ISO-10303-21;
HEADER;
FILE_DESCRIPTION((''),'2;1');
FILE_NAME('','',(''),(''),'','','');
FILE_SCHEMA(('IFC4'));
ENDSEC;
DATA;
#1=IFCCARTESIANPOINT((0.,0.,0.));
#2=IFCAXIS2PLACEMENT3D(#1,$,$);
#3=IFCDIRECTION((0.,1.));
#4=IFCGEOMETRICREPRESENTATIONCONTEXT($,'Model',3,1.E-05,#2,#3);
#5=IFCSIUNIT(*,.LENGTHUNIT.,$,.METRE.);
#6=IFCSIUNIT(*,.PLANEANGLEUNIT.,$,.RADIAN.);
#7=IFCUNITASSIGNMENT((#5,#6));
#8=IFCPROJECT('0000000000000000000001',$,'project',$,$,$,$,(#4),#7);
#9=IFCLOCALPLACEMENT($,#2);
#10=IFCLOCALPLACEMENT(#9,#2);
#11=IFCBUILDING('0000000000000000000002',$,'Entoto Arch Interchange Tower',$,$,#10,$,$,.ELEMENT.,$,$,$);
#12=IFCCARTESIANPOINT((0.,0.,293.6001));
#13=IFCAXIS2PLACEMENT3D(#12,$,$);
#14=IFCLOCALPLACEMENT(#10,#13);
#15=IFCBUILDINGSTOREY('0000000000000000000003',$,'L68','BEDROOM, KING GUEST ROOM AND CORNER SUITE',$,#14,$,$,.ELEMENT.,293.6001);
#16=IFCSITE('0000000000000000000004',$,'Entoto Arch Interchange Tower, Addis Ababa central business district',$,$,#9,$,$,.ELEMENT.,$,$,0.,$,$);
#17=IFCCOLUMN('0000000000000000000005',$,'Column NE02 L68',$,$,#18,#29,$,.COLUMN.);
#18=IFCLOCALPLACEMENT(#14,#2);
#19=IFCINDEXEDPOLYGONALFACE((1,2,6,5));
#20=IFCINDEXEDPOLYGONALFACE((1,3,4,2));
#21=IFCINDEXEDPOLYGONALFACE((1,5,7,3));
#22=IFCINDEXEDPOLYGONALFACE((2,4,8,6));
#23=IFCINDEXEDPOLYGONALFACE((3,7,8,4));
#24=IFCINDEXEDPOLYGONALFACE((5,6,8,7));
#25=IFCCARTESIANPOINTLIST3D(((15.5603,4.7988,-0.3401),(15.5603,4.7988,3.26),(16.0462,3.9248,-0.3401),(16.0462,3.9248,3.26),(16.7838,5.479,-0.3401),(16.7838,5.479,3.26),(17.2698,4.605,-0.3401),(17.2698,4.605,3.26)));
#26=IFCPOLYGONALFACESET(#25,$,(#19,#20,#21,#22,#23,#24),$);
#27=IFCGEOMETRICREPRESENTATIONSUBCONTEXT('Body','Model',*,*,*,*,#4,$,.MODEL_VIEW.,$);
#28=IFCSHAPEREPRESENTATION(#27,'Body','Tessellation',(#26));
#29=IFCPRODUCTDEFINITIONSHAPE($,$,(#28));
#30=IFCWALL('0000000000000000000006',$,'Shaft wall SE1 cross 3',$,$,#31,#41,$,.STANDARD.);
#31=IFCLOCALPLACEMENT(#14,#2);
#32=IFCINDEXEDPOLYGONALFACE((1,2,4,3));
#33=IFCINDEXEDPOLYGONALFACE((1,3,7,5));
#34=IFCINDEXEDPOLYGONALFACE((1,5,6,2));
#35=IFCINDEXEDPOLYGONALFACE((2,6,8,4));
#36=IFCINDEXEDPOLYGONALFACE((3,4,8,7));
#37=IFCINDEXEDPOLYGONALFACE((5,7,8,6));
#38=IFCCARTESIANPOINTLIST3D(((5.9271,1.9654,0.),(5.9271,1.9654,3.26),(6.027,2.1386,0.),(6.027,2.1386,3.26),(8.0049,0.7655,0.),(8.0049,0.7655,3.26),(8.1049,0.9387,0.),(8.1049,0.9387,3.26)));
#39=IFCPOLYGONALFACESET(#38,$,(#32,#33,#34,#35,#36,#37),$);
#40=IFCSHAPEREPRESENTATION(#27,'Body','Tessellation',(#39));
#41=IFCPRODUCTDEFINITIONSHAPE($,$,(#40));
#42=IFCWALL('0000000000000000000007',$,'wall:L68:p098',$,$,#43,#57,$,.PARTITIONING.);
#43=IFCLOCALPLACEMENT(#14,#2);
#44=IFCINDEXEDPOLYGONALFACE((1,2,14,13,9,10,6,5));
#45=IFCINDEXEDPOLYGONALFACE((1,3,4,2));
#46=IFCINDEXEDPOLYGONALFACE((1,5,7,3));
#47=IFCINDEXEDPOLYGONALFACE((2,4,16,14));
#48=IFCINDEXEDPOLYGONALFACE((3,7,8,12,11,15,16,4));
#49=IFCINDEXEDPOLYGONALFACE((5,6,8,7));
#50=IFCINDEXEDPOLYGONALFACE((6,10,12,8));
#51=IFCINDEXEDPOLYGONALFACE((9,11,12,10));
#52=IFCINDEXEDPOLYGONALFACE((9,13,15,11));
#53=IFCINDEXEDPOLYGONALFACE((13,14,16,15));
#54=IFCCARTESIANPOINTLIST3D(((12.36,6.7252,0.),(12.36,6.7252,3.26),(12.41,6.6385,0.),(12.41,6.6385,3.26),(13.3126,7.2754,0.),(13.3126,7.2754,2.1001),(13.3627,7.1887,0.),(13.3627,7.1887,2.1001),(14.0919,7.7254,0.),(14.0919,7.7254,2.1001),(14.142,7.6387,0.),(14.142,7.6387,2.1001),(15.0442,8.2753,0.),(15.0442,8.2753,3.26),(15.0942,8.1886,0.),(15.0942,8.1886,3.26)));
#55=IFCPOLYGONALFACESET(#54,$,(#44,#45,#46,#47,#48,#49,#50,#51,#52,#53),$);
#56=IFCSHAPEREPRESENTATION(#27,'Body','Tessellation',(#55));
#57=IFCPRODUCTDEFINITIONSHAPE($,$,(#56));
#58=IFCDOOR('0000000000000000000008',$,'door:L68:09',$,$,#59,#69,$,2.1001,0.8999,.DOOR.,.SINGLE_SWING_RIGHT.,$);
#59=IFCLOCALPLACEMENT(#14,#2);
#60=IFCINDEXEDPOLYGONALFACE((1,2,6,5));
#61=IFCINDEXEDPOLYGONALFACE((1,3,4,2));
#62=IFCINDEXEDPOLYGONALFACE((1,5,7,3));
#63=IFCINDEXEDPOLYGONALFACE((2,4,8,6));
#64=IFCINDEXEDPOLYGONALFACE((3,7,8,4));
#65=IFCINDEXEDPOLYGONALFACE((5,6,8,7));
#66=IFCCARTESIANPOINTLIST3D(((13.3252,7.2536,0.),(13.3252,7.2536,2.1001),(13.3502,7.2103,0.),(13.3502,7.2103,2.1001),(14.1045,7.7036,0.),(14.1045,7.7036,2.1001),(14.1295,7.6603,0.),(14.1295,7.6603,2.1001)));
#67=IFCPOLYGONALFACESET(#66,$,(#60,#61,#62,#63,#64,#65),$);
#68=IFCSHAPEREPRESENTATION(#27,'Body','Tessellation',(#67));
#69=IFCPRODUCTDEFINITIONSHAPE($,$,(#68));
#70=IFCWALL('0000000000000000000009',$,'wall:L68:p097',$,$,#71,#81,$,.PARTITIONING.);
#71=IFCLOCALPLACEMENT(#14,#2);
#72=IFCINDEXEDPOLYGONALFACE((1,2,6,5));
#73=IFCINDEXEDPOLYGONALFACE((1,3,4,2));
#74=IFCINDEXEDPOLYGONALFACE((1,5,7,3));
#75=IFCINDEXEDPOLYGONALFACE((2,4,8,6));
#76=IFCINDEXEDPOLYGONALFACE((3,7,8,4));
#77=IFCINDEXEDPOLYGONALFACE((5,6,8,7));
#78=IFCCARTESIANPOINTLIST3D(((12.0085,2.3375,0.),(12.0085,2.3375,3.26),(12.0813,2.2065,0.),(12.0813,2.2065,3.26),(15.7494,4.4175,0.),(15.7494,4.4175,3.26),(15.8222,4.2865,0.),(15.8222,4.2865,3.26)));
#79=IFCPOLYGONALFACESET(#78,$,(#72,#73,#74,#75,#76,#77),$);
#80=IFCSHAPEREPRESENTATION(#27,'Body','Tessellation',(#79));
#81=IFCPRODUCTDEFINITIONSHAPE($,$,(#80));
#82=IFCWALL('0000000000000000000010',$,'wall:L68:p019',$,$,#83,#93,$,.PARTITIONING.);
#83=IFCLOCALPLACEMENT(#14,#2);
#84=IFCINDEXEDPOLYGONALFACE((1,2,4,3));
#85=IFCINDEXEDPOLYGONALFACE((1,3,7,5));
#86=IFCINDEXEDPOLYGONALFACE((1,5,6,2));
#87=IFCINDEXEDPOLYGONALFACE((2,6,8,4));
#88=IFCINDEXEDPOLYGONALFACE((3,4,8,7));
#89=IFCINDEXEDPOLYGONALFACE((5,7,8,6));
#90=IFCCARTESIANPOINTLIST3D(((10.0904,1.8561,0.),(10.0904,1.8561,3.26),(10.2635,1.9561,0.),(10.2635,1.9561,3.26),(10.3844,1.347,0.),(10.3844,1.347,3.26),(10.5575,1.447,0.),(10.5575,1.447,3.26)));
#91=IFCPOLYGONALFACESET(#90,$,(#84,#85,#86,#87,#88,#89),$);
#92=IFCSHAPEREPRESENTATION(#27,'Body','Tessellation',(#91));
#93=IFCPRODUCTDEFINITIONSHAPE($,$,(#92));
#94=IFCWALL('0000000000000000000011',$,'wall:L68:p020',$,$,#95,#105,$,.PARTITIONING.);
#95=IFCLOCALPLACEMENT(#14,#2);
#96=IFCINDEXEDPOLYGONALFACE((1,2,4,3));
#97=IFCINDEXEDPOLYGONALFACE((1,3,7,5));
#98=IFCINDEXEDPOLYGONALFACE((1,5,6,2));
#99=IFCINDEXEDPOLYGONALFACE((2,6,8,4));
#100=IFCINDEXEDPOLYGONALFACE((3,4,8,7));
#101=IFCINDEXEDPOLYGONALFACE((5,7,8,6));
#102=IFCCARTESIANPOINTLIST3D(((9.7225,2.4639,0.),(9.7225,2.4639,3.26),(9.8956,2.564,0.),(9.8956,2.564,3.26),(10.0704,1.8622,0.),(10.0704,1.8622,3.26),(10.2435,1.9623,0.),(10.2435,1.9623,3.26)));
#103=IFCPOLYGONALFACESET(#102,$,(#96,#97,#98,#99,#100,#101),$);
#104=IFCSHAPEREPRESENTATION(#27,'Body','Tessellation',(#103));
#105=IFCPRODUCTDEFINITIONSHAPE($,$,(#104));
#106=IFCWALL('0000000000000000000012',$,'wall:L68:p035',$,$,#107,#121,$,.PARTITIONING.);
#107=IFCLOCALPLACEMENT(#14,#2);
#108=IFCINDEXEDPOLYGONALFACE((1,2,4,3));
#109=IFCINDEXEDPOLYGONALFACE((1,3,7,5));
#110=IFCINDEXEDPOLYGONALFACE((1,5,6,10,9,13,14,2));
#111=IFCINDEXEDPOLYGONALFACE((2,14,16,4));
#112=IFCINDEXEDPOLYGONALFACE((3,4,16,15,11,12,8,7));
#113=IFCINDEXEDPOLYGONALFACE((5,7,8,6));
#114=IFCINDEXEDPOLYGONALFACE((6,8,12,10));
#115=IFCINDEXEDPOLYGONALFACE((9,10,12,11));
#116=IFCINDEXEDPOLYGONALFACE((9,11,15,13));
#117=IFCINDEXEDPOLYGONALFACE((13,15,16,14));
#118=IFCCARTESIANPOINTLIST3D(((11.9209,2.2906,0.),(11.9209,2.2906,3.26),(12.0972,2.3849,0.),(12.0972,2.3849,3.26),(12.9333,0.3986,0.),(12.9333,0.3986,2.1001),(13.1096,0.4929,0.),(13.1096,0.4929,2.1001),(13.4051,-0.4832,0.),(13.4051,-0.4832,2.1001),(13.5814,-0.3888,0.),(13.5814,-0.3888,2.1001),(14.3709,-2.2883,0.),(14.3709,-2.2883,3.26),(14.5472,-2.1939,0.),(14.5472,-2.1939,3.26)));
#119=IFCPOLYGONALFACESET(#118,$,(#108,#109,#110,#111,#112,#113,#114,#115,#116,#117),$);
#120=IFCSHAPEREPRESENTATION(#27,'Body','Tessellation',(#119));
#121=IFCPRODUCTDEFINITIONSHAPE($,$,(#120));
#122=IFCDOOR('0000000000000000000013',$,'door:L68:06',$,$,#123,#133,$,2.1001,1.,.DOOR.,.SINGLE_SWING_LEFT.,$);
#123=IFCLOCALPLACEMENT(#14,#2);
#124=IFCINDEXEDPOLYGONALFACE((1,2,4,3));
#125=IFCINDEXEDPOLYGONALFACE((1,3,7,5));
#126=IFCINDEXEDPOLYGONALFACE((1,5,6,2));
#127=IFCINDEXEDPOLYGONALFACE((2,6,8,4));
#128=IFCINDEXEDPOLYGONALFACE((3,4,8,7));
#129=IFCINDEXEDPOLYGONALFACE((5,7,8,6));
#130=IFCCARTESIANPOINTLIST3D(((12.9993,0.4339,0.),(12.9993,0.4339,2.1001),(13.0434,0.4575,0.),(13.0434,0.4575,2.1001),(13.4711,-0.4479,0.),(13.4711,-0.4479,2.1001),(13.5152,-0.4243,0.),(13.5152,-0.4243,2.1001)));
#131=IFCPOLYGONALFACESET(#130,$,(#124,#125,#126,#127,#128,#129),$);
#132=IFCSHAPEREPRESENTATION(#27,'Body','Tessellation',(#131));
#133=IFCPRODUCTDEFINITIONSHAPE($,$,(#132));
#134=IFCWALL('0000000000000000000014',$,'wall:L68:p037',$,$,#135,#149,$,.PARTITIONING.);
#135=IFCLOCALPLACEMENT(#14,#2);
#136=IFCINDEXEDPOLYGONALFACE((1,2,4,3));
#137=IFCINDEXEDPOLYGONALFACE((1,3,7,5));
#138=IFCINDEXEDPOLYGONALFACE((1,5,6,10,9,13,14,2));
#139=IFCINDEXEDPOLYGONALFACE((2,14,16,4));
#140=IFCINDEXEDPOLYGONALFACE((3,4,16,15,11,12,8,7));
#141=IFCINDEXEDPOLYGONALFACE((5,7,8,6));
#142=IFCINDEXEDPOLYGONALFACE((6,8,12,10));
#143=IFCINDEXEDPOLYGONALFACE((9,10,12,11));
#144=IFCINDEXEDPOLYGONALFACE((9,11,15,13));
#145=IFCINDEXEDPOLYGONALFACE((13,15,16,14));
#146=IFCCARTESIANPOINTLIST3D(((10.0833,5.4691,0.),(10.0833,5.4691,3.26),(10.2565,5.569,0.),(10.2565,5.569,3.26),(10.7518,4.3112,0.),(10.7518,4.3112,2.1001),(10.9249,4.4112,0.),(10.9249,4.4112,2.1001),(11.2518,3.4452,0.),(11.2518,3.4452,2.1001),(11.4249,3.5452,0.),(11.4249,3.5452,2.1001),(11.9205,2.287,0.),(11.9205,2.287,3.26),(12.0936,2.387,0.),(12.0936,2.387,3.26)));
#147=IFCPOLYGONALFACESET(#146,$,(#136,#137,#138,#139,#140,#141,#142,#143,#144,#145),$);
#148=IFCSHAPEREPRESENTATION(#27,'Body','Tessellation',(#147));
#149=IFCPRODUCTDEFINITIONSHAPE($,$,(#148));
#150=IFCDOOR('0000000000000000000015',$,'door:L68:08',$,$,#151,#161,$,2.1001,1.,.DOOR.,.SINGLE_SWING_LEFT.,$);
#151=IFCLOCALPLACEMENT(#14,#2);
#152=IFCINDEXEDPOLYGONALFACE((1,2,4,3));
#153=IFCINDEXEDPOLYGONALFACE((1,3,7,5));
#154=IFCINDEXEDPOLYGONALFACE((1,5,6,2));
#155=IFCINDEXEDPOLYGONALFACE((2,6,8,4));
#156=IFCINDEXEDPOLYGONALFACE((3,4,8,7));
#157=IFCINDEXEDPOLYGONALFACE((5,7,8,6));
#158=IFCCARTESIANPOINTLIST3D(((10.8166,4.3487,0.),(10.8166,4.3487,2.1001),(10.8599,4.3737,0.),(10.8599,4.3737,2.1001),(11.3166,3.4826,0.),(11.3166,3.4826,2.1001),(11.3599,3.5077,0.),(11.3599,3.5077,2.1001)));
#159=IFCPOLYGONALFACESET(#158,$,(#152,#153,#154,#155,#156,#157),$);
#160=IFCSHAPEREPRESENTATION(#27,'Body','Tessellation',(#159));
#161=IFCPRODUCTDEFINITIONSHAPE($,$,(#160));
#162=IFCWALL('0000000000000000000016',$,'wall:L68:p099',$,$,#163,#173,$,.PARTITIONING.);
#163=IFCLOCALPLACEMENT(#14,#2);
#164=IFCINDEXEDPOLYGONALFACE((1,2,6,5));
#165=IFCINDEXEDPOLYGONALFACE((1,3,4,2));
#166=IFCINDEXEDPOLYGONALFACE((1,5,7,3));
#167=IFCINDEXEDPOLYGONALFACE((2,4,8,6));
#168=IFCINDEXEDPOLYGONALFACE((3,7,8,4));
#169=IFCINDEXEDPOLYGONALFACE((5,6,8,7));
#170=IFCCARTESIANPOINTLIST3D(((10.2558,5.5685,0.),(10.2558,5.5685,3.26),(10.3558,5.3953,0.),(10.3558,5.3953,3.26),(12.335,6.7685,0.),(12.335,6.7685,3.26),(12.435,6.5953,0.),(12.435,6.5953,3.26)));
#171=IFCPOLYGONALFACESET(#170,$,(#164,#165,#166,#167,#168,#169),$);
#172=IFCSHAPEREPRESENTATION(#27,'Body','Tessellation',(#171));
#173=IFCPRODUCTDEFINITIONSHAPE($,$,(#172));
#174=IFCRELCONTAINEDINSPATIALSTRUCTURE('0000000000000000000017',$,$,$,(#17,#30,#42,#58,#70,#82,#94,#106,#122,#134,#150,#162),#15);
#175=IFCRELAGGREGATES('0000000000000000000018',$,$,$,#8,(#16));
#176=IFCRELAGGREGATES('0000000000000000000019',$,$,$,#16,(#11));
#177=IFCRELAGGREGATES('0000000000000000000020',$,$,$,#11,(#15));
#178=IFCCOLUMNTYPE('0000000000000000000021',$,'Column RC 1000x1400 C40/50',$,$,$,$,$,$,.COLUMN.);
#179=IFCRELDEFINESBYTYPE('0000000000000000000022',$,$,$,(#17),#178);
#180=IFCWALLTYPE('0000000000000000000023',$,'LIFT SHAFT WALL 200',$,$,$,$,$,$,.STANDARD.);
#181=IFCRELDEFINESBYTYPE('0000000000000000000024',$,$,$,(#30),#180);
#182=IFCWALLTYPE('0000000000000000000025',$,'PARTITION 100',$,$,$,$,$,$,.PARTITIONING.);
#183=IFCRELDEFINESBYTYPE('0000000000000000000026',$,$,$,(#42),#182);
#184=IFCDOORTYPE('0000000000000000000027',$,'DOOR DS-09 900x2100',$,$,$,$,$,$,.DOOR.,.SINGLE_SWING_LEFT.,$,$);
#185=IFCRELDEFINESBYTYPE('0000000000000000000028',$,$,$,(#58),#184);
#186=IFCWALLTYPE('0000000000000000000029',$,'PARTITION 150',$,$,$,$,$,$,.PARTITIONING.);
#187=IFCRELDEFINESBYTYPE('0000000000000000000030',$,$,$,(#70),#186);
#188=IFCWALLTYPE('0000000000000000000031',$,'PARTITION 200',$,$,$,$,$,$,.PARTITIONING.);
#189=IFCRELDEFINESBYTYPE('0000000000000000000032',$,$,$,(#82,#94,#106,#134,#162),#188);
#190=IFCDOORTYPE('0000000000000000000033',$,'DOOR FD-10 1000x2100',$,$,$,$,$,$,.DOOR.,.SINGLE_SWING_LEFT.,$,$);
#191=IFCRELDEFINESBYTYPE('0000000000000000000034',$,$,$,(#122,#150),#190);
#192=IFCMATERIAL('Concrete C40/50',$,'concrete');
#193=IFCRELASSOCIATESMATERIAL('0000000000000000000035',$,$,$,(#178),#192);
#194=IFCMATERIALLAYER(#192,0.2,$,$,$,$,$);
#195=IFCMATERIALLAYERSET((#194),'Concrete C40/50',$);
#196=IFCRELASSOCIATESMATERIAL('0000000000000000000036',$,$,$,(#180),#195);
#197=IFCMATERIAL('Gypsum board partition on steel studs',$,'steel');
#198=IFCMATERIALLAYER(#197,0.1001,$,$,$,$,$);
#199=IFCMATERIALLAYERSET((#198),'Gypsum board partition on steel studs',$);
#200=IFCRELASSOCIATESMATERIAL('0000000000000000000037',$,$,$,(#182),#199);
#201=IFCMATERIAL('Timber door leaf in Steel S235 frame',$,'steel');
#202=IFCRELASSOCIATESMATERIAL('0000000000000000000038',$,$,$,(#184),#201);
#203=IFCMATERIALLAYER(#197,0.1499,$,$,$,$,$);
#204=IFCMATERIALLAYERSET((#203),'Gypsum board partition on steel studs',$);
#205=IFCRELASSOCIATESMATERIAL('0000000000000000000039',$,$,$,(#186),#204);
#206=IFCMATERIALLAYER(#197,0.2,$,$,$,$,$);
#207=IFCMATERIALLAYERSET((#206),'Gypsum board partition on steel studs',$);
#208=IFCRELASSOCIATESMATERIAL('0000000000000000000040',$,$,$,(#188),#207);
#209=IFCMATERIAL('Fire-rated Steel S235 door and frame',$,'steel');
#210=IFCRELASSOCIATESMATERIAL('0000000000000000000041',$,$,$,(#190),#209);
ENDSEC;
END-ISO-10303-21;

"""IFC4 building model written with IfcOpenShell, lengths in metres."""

from ifc_helpers import new_model, si_unit, direction, frame, frame_2d, origin, origin_2d, place, context, subcontext, project, spatial, rectangle, extrude, material, layer, layer_set, material_profile, profile_set, type_object, element, fill, save


model = new_model("IFC4")

# Units and contexts
model_context = context("Model", 3, precision=1e-05, world=origin(), true_north=direction((0.0, 1.0)))
body_context = subcontext(model_context, "Body", "Model", "MODEL_VIEW")
ifc_project = project(units=[si_unit("LENGTHUNIT", "METRE"), si_unit("PLANEANGLEUNIT", "RADIAN")], contexts=[model_context])

# Site, building, storey
site_placement = place(None, origin())
site = spatial("IfcSite", under=ifc_project, at=site_placement, Name="Entoto Arch Interchange Tower, Addis Ababa central business district", CompositionType="ELEMENT", RefElevation=0.0)
building_placement = place(site_placement, origin())
building = spatial("IfcBuilding", under=site, at=building_placement, Name="Entoto Arch Interchange Tower", CompositionType="ELEMENT")
storey_placement = place(building_placement, frame((0.0, 0.0, 293.6001)))
storey = spatial("IfcBuildingStorey", under=building, at=storey_placement, Name="L68", Description="BEDROOM, KING GUEST ROOM AND CORNER SUITE", CompositionType="ELEMENT", Elevation=293.6001)

# Column
ifc_material_1 = material(Name="Concrete C40/50", Category="concrete")
ifc_material_profile = material_profile(ifc_material_1, rectangle(XDim=1.0, YDim=1.3999, at=origin_2d()))
ifc_profile_set = profile_set([ifc_material_profile], Name="Concrete C40/50")
column_type = type_object("IfcColumnType", Name="Column RC 1000x1400 C40/50", PredefinedType="COLUMN", material=ifc_profile_set)
column_placement = place(storey_placement, frame((16.415, 4.7019, -0.3401), z_axis=(0.0, 0.0, 1.0), x_axis=(-0.485924, 0.874001, 0.0)))
element("IfcColumn", 1, at=column_placement, inside=storey, type_object=column_type, Name="Column NE02 L68", PredefinedType="COLUMN", context=body_context, shape_type="SweptSolid", body=[
    extrude(rectangle(XDim=1.0, YDim=1.3999, at=origin_2d()), origin(), (0.0, 0.0, 1.0), 3.6001),
])

# Wall
ifc_layer_1 = layer(ifc_material_1, 0.2)
ifc_layer_set_1 = layer_set([ifc_layer_1], Name="Concrete C40/50")
wall_type_1 = type_object("IfcWallType", Name="LIFT SHAFT WALL 200", PredefinedType="STANDARD", material=ifc_layer_set_1)
wall_1_placement = place(storey_placement, frame((5.9771, 2.052, 0.0), z_axis=(0.0, 0.0, 1.0), x_axis=(0.865974, -0.500089, 0.0)))
element("IfcWall", 2, at=wall_1_placement, inside=storey, type_object=wall_type_1, Name="Shaft wall SE1 cross 3", PredefinedType="STANDARD", context=body_context, shape_type="SweptSolid", body=[
    extrude(rectangle(XDim=2.3994, YDim=0.2, at=frame_2d((1.1997, 0.0))), origin(), (0.0, 0.0, 1.0), 3.26),
])

# Wall, opening, door
ifc_material_2 = material(Name="Gypsum board partition on steel studs", Category="steel")
ifc_layer_2 = layer(ifc_material_2, 0.1001)
ifc_layer_set_2 = layer_set([ifc_layer_2], Name="Gypsum board partition on steel studs")
wall_type_2 = type_object("IfcWallType", Name="PARTITION 100", PredefinedType="PARTITIONING", material=ifc_layer_set_2)
wall_2_placement = place(storey_placement, frame((12.385, 6.6819, 0.0), z_axis=(0.0, 0.0, 1.0), x_axis=(0.86597, 0.500095, 0.0)))
wall_2 = element("IfcWall", 3, at=wall_2_placement, inside=storey, type_object=wall_type_2, Name="wall:L68:p098", PredefinedType="PARTITIONING", context=body_context, shape_type="SweptSolid", body=[
    extrude(rectangle(XDim=3.0996, YDim=0.1001, at=frame_2d((1.5498, 0.0))), origin(), (0.0, 0.0, 1.0), 3.26),
])
opening_1_placement = place(wall_2_placement, frame((1.1001, 0.0, 0.0)))
opening_1 = element("IfcOpeningElement", 4, at=opening_1_placement, cuts=wall_2, PredefinedType="OPENING", context=body_context, shape_type="SweptSolid", body=[
    extrude(rectangle(XDim=0.8999, YDim=2.1001, at=frame_2d((0.45, 1.05))), frame((0.0, 0.0601, 0.0), z_axis=(0.0, -1.0, 0.0), x_axis=(1.0, 0.0, 0.0)), (0.0, 0.0, 1.0), 0.1201),
])
ifc_material_3 = material(Name="Timber door leaf in Steel S235 frame", Category="steel")
door_type_1 = type_object("IfcDoorType", Name="DOOR DS-09 900x2100", OperationType="SINGLE_SWING_LEFT", PredefinedType="DOOR", material=ifc_material_3)
door_1_placement = place(opening_1_placement, origin())
door_1 = element("IfcDoor", 5, at=door_1_placement, inside=storey, type_object=door_type_1, Name="door:L68:09", OperationType="SINGLE_SWING_RIGHT", OverallHeight=2.1001, OverallWidth=0.8999, PredefinedType="DOOR", context=body_context, shape_type="SweptSolid", body=[
    extrude(rectangle(XDim=0.8999, YDim=2.1001, at=frame_2d((0.45, 1.05))), frame((0.0, 0.0249, 0.0), z_axis=(0.0, -1.0, 0.0), x_axis=(1.0, 0.0, 0.0)), (0.0, 0.0, 1.0), 0.05),
])
fill(opening_1, door_1)

# Walls
ifc_layer_3 = layer(ifc_material_2, 0.1499)
ifc_layer_set_3 = layer_set([ifc_layer_3], Name="Gypsum board partition on steel studs")
wall_type_3 = type_object("IfcWallType", Name="PARTITION 150", PredefinedType="PARTITIONING", material=ifc_layer_set_3)
wall_3_placement = place(storey_placement, frame((12.0449, 2.272, 0.0), z_axis=(0.0, 0.0, 1.0), x_axis=(0.873982, 0.485958, 0.0)))
element("IfcWall", 6, at=wall_3_placement, inside=storey, type_object=wall_type_3, Name="wall:L68:p097", PredefinedType="PARTITIONING", context=body_context, shape_type="SweptSolid", body=[
    extrude(rectangle(XDim=4.2803, YDim=0.1499, at=frame_2d((2.1401, 0.0))), origin(), (0.0, 0.0, 1.0), 3.26),
])
ifc_layer_4 = layer(ifc_material_2, 0.2)
ifc_layer_set_4 = layer_set([ifc_layer_4], Name="Gypsum board partition on steel studs")
wall_type_4 = type_object("IfcWallType", Name="PARTITION 200", PredefinedType="PARTITIONING", material=ifc_layer_set_4)
wall_4_placement = place(storey_placement, frame((10.4709, 1.397, 0.0), z_axis=(0.0, 0.0, 1.0), x_axis=(-0.50007, 0.865985, 0.0)))
element("IfcWall", 7, at=wall_4_placement, inside=storey, type_object=wall_type_4, Name="wall:L68:p019", PredefinedType="PARTITIONING", context=body_context, shape_type="SweptSolid", body=[
    extrude(rectangle(XDim=0.5879, YDim=0.2, at=frame_2d((0.2939, 0.0))), origin(), (0.0, 0.0, 1.0), 3.26),
])
wall_5_placement = place(storey_placement, frame((10.157, 1.9121, 0.0), z_axis=(0.0, 0.0, 1.0), x_axis=(-0.500482, 0.865747, 0.0)))
element("IfcWall", 8, at=wall_5_placement, inside=storey, type_object=wall_type_4, Name="wall:L68:p020", PredefinedType="PARTITIONING", context=body_context, shape_type="SweptSolid", body=[
    extrude(rectangle(XDim=0.6951, YDim=0.2, at=frame_2d((0.3477, 0.0))), origin(), (0.0, 0.0, 1.0), 3.26),
])

# Walls, openings, doors
wall_6_placement = place(storey_placement, frame((12.009, 2.3379, 0.0), z_axis=(0.0, 0.0, 1.0), x_axis=(0.471771, -0.881721, 0.0)))
wall_6 = element("IfcWall", 9, at=wall_6_placement, inside=storey, type_object=wall_type_4, Name="wall:L68:p035", PredefinedType="PARTITIONING", context=body_context, shape_type="SweptSolid", body=[
    extrude(rectangle(XDim=5.1931, YDim=0.2, at=frame_2d((2.5967, 0.0))), origin(), (0.0, 0.0, 1.0), 3.26),
])
opening_2_placement = place(wall_6_placement, frame((2.146, 0.0, 0.0)))
opening_2 = element("IfcOpeningElement", 10, at=opening_2_placement, cuts=wall_6, PredefinedType="OPENING", context=body_context, shape_type="SweptSolid", body=[
    extrude(rectangle(XDim=1.0, YDim=2.1001, at=frame_2d((0.5, 1.05))), frame((0.0, 0.1099, 0.0), z_axis=(0.0, -1.0, 0.0), x_axis=(1.0, 0.0, 0.0)), (0.0, 0.0, 1.0), 0.22),
])
ifc_material_4 = material(Name="Fire-rated Steel S235 door and frame", Category="steel")
door_type_2 = type_object("IfcDoorType", Name="DOOR FD-10 1000x2100", OperationType="SINGLE_SWING_LEFT", PredefinedType="DOOR", material=ifc_material_4)
door_2_placement = place(opening_2_placement, origin())
door_2 = element("IfcDoor", 11, at=door_2_placement, inside=storey, type_object=door_type_2, Name="door:L68:06", OperationType="SINGLE_SWING_LEFT", OverallHeight=2.1001, OverallWidth=1.0, PredefinedType="DOOR", context=body_context, shape_type="SweptSolid", body=[
    extrude(rectangle(XDim=1.0, YDim=2.1001, at=frame_2d((0.5, 1.05))), frame((0.0, 0.0249, 0.0), z_axis=(0.0, -1.0, 0.0), x_axis=(1.0, 0.0, 0.0)), (0.0, 0.0, 1.0), 0.05),
])
fill(opening_2, door_2)
wall_7_placement = place(storey_placement, frame((10.1699, 5.519, 0.0), z_axis=(0.0, 0.0, 1.0), x_axis=(0.499991, -0.866031, 0.0)))
wall_7 = element("IfcWall", 12, at=wall_7_placement, inside=storey, type_object=wall_type_4, Name="wall:L68:p037", PredefinedType="PARTITIONING", context=body_context, shape_type="SweptSolid", body=[
    extrude(rectangle(XDim=3.6743, YDim=0.2, at=frame_2d((1.8372, 0.0))), origin(), (0.0, 0.0, 1.0), 3.26),
])
opening_3_placement = place(wall_7_placement, frame((1.3369, 0.0, 0.0)))
opening_3 = element("IfcOpeningElement", 13, at=opening_3_placement, cuts=wall_7, PredefinedType="OPENING", context=body_context, shape_type="SweptSolid", body=[
    extrude(rectangle(XDim=1.0, YDim=2.1001, at=frame_2d((0.5, 1.05))), frame((0.0, 0.1099, 0.0), z_axis=(0.0, -1.0, 0.0), x_axis=(1.0, 0.0, 0.0)), (0.0, 0.0, 1.0), 0.22),
])
door_3_placement = place(opening_3_placement, origin())
door_3 = element("IfcDoor", 14, at=door_3_placement, inside=storey, type_object=door_type_2, Name="door:L68:08", OperationType="SINGLE_SWING_LEFT", OverallHeight=2.1001, OverallWidth=1.0, PredefinedType="DOOR", context=body_context, shape_type="SweptSolid", body=[
    extrude(rectangle(XDim=1.0, YDim=2.1001, at=frame_2d((0.5, 1.05))), frame((0.0, 0.0249, 0.0), z_axis=(0.0, -1.0, 0.0), x_axis=(1.0, 0.0, 0.0)), (0.0, 0.0, 1.0), 0.05),
])
fill(opening_3, door_3)

# Wall
wall_8_placement = place(storey_placement, frame((10.3059, 5.4819, 0.0), z_axis=(0.0, 0.0, 1.0), x_axis=(0.866101, 0.499869, 0.0)))
element("IfcWall", 15, at=wall_8_placement, inside=storey, type_object=wall_type_4, Name="wall:L68:p099", PredefinedType="PARTITIONING", context=body_context, shape_type="SweptSolid", body=[
    extrude(rectangle(XDim=2.4006, YDim=0.2, at=frame_2d((1.2002, 0.0))), origin(), (0.0, 0.0, 1.0), 3.26),
])

save(model, "model.ifc")
